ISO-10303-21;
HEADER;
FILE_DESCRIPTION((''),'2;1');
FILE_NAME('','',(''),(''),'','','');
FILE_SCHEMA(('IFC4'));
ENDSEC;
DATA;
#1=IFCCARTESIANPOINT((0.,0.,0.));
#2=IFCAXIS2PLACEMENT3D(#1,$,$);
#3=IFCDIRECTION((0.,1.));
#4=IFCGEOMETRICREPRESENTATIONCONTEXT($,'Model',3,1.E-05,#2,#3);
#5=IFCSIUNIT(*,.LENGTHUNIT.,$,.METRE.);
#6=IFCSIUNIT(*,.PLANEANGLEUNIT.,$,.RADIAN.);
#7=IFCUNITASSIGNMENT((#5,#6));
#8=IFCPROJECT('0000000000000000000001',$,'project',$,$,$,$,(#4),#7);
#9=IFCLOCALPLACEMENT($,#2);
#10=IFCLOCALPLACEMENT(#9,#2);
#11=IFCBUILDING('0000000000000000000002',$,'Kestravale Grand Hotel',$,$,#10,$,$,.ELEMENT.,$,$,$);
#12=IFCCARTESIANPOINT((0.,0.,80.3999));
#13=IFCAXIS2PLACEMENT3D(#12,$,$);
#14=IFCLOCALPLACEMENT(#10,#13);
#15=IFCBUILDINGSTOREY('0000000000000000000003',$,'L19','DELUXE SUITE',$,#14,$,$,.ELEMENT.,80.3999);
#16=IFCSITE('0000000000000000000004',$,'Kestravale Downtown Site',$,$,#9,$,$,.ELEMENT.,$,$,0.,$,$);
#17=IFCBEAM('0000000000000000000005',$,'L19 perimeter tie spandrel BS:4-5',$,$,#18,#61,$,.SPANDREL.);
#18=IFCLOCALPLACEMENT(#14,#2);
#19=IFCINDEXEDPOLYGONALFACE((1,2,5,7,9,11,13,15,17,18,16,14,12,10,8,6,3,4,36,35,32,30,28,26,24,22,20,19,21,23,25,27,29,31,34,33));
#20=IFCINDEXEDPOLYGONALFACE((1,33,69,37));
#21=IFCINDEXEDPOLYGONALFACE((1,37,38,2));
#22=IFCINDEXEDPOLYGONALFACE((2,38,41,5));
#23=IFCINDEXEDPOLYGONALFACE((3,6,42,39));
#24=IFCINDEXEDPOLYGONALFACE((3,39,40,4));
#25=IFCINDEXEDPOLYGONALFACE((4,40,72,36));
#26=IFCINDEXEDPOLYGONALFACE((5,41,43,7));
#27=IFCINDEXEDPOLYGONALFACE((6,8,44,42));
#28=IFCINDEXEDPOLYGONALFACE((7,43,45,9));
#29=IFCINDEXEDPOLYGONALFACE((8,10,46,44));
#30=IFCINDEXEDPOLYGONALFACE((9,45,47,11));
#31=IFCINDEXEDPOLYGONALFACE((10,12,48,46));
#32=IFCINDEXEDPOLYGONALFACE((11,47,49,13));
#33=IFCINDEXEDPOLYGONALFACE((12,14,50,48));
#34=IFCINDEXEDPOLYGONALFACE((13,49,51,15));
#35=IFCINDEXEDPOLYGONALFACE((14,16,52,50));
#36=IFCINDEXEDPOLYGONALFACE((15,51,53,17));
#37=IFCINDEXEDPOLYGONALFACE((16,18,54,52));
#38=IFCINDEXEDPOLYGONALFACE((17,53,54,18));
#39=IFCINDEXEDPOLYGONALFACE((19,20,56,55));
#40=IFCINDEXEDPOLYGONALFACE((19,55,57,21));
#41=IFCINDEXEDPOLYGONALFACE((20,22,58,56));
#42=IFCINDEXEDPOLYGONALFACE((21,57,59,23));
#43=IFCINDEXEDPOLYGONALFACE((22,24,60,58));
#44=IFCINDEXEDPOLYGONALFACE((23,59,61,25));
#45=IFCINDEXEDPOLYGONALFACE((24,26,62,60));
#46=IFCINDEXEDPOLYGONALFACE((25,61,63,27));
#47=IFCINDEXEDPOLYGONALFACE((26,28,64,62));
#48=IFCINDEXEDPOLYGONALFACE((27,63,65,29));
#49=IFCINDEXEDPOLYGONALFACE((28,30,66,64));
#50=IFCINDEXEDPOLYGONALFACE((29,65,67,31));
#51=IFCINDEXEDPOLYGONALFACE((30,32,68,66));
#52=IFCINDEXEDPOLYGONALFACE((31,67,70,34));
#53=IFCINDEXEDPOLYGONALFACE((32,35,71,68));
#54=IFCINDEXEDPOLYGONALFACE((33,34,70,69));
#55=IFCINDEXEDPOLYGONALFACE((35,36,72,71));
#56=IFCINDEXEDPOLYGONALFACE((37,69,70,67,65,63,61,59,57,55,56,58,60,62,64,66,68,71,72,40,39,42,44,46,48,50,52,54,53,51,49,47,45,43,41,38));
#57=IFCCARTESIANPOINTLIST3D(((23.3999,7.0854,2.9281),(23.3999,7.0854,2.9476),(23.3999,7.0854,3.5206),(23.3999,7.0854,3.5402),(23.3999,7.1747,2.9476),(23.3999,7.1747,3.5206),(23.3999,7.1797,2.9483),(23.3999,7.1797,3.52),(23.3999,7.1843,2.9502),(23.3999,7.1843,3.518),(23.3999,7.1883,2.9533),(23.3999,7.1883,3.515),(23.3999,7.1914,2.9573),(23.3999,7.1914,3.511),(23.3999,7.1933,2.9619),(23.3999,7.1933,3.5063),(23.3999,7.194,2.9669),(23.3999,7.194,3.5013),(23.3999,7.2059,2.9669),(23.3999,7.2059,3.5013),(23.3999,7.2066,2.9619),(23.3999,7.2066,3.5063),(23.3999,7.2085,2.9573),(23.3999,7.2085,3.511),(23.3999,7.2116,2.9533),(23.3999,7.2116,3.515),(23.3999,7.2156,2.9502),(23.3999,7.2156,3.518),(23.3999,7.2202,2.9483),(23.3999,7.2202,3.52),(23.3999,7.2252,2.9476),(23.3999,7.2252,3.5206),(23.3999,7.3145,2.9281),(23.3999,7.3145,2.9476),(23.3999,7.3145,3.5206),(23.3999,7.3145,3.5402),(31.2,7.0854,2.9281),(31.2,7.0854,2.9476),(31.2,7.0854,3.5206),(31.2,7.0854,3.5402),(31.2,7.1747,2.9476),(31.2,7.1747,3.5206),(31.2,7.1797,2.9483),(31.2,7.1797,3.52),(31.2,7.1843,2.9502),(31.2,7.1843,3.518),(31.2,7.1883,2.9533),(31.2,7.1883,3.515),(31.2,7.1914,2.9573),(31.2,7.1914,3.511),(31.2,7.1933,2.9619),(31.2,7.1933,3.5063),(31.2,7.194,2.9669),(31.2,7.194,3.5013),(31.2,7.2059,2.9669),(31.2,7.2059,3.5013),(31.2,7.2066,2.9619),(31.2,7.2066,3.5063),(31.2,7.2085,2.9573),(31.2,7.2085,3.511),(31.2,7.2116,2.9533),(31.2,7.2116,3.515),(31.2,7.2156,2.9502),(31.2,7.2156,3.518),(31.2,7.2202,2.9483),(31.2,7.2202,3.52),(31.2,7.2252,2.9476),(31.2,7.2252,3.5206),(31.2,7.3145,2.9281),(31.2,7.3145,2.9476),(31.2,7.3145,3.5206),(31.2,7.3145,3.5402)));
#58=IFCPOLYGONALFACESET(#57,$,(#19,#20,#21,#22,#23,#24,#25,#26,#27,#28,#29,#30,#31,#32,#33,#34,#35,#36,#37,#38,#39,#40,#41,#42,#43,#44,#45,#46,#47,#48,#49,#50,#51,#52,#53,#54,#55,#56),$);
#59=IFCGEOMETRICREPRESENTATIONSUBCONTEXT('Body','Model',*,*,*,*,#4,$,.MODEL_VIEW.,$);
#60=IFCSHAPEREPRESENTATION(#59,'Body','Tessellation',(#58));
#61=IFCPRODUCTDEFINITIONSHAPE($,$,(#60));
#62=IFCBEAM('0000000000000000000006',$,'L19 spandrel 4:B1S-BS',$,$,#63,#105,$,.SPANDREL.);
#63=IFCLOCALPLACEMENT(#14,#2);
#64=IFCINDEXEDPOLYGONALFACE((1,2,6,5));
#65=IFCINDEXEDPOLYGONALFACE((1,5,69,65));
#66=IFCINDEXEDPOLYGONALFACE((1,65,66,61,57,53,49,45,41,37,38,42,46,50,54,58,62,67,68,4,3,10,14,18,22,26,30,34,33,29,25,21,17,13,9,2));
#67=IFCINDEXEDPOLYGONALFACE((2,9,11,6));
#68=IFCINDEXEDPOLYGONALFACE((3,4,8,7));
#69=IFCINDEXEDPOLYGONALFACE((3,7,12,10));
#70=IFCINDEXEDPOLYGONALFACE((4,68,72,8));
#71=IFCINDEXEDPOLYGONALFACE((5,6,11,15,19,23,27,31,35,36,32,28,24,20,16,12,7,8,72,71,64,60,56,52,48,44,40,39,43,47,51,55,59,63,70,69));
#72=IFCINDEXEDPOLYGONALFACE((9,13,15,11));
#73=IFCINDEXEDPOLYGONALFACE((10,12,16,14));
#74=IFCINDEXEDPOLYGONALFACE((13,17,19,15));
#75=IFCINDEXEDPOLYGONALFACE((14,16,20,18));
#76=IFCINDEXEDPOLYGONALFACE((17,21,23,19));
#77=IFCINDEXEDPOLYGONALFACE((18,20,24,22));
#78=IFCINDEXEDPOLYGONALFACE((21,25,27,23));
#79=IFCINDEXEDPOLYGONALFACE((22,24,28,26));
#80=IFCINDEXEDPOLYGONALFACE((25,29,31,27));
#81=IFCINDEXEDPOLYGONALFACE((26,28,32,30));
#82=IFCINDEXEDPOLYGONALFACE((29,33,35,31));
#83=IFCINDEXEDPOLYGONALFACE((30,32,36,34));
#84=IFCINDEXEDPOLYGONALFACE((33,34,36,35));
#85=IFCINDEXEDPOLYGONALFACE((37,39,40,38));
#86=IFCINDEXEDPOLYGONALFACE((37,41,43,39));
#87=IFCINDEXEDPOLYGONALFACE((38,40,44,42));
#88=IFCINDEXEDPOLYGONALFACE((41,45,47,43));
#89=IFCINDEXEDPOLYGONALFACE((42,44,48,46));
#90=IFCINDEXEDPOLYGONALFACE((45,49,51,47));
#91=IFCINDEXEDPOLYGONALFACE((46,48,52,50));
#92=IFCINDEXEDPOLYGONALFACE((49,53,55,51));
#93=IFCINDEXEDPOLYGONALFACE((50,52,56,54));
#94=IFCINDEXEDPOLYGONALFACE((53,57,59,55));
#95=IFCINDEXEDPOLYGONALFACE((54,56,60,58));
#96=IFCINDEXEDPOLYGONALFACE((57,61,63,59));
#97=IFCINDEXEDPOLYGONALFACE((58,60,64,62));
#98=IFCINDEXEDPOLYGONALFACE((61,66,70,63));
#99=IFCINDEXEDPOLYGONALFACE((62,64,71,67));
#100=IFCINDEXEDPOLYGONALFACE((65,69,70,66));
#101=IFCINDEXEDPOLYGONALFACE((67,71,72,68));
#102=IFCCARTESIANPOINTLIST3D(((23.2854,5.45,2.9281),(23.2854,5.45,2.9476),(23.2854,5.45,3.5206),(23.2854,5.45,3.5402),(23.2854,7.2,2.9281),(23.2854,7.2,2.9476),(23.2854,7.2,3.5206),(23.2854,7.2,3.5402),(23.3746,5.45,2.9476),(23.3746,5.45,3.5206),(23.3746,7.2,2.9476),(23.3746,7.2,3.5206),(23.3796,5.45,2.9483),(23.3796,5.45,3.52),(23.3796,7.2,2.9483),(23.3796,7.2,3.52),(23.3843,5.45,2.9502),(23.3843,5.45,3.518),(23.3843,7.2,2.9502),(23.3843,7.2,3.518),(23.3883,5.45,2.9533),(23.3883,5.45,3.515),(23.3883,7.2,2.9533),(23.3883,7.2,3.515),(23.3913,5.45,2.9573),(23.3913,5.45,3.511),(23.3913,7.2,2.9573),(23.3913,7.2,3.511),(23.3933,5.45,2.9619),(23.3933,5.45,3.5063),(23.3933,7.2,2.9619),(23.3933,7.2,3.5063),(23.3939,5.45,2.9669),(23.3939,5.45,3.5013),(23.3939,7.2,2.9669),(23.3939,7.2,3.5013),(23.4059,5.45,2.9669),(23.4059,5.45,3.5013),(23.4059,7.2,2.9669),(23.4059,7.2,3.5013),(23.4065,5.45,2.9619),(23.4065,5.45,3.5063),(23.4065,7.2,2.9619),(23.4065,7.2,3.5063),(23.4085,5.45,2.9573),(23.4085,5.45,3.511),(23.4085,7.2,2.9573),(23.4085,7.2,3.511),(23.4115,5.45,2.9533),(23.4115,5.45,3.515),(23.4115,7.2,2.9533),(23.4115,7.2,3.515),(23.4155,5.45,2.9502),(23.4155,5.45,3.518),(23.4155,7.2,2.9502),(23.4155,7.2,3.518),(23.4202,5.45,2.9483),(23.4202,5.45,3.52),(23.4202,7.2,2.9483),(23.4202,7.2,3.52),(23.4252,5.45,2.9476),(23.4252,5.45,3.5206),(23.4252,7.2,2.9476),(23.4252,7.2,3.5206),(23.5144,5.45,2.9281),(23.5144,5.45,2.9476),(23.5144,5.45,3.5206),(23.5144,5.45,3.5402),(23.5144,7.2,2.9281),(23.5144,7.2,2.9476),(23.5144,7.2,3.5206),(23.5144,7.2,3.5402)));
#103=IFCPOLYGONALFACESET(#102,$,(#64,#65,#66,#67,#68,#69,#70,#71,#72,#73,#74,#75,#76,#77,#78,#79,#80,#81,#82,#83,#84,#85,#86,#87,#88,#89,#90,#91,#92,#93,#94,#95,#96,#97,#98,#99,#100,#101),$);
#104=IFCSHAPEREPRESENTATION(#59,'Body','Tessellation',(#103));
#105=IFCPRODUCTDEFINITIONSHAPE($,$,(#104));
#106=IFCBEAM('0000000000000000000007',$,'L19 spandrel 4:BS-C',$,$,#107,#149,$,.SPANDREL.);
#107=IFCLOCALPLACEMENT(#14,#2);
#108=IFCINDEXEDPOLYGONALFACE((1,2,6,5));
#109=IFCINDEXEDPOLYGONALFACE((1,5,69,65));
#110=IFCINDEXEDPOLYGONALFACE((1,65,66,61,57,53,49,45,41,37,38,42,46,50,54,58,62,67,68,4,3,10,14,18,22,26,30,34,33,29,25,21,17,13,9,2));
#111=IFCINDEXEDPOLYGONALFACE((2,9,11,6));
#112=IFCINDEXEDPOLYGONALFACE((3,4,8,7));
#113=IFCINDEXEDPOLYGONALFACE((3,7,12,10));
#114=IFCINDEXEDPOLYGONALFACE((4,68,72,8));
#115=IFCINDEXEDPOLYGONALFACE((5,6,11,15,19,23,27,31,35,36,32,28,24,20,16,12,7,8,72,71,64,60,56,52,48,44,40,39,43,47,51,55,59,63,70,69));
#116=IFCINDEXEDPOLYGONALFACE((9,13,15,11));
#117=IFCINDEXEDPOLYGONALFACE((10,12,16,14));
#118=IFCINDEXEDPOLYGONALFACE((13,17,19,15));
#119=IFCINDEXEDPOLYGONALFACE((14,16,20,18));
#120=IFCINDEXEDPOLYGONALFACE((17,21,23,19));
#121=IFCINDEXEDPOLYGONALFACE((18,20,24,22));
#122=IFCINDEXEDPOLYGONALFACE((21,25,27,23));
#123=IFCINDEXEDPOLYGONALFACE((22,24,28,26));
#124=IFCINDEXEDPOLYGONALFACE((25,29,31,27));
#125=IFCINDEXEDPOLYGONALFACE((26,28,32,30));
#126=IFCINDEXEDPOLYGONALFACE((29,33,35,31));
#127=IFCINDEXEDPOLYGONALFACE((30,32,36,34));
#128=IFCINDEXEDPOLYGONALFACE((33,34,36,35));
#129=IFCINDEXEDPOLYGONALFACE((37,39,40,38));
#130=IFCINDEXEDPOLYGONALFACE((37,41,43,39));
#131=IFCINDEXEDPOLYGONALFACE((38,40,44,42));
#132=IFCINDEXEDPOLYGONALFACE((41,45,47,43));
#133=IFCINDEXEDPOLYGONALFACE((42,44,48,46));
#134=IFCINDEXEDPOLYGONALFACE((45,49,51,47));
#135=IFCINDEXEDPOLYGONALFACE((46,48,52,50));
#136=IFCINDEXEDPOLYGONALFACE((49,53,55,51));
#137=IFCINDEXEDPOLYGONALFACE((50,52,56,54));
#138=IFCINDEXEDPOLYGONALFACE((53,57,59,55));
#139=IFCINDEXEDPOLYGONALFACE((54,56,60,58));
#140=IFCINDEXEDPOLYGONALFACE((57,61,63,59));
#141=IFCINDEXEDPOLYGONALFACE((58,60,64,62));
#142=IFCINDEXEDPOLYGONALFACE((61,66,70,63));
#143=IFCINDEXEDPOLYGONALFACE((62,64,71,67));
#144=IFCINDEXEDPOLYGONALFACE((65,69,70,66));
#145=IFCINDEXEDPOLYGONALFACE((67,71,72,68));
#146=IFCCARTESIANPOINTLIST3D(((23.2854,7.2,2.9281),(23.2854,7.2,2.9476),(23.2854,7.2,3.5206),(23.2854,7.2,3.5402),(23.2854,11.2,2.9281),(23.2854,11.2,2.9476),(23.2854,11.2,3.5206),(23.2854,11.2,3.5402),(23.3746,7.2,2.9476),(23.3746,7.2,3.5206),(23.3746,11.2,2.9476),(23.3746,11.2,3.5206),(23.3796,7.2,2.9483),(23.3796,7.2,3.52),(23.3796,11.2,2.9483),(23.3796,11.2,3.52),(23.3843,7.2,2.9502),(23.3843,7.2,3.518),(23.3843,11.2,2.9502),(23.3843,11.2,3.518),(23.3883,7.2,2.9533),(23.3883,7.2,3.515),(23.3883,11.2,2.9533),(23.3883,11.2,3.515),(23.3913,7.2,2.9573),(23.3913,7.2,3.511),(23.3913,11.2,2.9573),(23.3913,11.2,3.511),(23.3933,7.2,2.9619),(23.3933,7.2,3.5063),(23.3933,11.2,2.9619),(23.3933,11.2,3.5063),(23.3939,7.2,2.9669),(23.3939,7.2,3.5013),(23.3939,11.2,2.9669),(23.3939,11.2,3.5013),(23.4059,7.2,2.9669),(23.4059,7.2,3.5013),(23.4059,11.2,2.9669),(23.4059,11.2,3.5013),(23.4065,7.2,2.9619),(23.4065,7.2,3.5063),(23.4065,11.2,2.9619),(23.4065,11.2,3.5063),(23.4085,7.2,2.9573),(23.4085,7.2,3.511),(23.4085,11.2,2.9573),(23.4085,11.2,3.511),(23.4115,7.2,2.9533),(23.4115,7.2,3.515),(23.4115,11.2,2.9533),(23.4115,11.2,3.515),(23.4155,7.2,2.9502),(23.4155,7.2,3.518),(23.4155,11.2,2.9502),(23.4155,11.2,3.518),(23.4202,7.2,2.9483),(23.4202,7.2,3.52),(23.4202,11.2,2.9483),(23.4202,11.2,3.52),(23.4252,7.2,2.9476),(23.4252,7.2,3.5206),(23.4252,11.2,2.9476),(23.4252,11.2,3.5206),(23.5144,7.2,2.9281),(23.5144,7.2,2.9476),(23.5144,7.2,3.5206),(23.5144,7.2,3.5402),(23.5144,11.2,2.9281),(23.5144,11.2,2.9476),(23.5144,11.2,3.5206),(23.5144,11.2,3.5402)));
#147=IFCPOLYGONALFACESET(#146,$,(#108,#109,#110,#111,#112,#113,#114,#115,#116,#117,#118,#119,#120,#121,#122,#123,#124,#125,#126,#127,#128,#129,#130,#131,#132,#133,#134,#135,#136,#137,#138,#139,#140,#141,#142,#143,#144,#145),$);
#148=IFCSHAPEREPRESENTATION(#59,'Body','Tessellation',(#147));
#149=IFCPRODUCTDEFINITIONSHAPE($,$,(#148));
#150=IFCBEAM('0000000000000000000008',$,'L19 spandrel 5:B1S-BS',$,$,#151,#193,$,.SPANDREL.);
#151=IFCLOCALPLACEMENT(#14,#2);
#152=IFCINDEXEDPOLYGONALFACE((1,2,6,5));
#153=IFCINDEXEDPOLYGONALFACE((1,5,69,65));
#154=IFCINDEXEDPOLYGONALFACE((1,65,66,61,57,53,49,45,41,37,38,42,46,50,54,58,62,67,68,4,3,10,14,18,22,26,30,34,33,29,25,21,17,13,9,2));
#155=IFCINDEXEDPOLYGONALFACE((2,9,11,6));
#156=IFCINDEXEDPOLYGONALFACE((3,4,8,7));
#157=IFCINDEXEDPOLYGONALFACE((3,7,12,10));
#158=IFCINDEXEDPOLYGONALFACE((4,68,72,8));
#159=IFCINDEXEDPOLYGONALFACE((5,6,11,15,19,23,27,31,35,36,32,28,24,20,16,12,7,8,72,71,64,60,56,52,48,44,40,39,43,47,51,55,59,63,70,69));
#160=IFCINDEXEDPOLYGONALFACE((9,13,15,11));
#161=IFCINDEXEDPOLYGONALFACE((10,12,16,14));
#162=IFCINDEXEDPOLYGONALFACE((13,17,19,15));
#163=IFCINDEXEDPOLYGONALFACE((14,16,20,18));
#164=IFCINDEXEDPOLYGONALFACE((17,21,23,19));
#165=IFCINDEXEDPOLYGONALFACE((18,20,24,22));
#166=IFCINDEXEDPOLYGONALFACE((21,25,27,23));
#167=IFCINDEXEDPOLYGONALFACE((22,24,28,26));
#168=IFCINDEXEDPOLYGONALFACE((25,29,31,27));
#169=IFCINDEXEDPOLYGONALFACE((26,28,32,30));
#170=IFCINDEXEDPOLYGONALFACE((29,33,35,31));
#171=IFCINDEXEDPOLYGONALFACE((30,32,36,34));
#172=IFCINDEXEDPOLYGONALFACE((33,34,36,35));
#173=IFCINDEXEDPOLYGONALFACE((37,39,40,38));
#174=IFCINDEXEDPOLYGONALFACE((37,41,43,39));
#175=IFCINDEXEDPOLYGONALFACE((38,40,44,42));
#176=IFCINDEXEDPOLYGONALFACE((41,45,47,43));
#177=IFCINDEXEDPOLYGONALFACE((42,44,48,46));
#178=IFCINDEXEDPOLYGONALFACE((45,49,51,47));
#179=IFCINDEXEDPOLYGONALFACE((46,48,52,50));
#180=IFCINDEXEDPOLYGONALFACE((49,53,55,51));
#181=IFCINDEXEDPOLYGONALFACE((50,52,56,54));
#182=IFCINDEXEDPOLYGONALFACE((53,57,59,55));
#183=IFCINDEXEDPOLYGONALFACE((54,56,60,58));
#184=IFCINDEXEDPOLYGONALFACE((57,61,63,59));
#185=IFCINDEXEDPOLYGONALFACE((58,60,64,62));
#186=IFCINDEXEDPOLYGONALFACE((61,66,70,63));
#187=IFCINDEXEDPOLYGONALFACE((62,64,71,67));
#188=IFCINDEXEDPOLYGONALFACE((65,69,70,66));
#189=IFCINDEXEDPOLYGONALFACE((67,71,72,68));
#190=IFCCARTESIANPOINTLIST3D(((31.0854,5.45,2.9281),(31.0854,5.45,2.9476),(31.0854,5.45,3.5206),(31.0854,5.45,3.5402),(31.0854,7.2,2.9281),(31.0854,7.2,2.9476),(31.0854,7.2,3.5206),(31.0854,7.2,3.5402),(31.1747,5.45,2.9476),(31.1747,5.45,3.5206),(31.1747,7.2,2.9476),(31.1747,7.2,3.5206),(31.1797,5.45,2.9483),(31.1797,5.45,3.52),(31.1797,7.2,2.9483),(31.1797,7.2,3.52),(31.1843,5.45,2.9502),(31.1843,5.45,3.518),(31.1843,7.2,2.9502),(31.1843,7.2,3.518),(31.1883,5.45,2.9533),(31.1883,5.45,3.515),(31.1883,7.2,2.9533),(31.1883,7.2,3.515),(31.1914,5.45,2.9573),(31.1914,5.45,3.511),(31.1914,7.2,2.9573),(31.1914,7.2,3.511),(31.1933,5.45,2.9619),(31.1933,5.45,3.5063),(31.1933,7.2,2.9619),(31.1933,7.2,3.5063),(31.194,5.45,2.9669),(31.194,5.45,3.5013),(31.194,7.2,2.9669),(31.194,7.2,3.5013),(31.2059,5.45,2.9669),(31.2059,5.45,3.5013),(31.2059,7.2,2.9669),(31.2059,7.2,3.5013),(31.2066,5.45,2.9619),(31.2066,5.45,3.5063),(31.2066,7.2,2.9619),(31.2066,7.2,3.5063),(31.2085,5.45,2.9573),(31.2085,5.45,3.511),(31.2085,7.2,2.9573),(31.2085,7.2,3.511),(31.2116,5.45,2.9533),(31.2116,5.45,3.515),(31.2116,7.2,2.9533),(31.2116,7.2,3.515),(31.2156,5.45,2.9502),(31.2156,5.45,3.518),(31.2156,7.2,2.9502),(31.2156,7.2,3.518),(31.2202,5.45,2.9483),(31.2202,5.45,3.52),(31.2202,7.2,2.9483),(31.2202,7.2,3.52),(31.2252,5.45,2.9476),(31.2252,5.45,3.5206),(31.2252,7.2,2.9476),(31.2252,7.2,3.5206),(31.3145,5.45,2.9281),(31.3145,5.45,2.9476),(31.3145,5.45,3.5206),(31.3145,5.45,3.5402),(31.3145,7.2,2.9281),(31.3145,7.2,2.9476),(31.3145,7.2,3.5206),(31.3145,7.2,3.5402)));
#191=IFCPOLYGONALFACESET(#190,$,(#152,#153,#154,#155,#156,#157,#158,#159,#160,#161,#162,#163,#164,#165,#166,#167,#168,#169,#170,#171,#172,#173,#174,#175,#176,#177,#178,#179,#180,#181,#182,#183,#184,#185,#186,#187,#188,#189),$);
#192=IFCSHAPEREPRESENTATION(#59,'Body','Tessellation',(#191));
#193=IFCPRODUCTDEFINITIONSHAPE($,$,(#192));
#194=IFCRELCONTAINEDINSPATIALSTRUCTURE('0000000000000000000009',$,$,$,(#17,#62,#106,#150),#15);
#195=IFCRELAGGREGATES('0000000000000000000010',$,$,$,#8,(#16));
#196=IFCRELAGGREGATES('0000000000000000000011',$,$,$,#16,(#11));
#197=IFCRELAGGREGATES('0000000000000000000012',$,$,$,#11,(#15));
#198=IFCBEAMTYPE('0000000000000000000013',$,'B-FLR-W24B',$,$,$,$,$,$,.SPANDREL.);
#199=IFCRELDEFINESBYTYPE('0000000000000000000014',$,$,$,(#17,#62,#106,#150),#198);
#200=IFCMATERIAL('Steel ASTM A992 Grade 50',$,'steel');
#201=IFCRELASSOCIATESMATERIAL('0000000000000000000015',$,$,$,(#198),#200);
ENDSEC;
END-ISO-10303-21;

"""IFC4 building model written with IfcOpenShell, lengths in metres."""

from ifc_helpers import new_model, si_unit, direction, frame, origin, origin_2d, place, context, subcontext, project, spatial, i_section, extrude, material, material_profile, profile_set, type_object, element, save


model = new_model("IFC4")

# Units and contexts
model_context = context("Model", 3, precision=1e-05, world=origin(), true_north=direction((0.0, 1.0)))
body_context = subcontext(model_context, "Body", "Model", "MODEL_VIEW")
ifc_project = project(units=[si_unit("LENGTHUNIT", "METRE"), si_unit("PLANEANGLEUNIT", "RADIAN")], contexts=[model_context])

# Site, building, storey
site_placement = place(None, origin())
site = spatial("IfcSite", under=ifc_project, at=site_placement, Name="Kestravale Downtown Site", CompositionType="ELEMENT", RefElevation=0.0)
building_placement = place(site_placement, origin())
building = spatial("IfcBuilding", under=site, at=building_placement, Name="Kestravale Grand Hotel", CompositionType="ELEMENT")
storey_placement = place(building_placement, frame((0.0, 0.0, 80.3999)))
storey = spatial("IfcBuildingStorey", under=building, at=storey_placement, Name="L19", Description="DELUXE SUITE", CompositionType="ELEMENT", Elevation=80.3999)

# Beams
ifc_material_1 = material(Name="Steel ASTM A992 Grade 50", Category="steel")
ifc_material_profile_1 = material_profile(ifc_material_1, i_section(OverallWidth=0.229, OverallDepth=0.6121, WebThickness=0.012, FlangeThickness=0.0195, FilletRadius=0.0193, at=origin_2d()))
ifc_profile_set_1 = profile_set([ifc_material_profile_1], Name="Steel ASTM A992 Grade 50")
beam_type_1 = type_object("IfcBeamType", Name="B-FLR-W24B", PredefinedType="SPANDREL", material=ifc_profile_set_1)
for number, where, z_axis, x_axis, name in (
    (1, (23.3999, 7.2, 3.2341), (1.0, 0.0, 0.0), (0.0, 1.0, 0.0), "L19 perimeter tie spandrel BS:4-5"),
):
    element("IfcBeam", number, at=place(storey_placement, frame(where, z_axis=z_axis, x_axis=x_axis)), inside=storey, type_object=beam_type_1, Name=name, PredefinedType="SPANDREL", context=body_context, shape_type="SweptSolid", body=[
        extrude(i_section(OverallWidth=0.229, OverallDepth=0.6121, WebThickness=0.012, FlangeThickness=0.0195, FilletRadius=0.0193, at=origin_2d()), origin(), (0.0, 0.0, 1.0), 7.8),
    ])
beam_1_placement = place(storey_placement, frame((23.3999, 5.45, 3.2341), z_axis=(0.0, 1.0, 0.0), x_axis=(-1.0, 0.0, 0.0)))
element("IfcBeam", 2, at=beam_1_placement, inside=storey, type_object=beam_type_1, Name="L19 spandrel 4:B1S-BS", PredefinedType="SPANDREL", context=body_context, shape_type="SweptSolid", body=[
    extrude(i_section(OverallWidth=0.229, OverallDepth=0.6121, WebThickness=0.012, FlangeThickness=0.0195, FilletRadius=0.0193, at=origin_2d()), origin(), (0.0, 0.0, 1.0), 1.75),
])
beam_2_placement = place(storey_placement, frame((23.3999, 7.2, 3.2341), z_axis=(0.0, 1.0, 0.0), x_axis=(-1.0, 0.0, 0.0)))
element("IfcBeam", 3, at=beam_2_placement, inside=storey, type_object=beam_type_1, Name="L19 spandrel 4:BS-C", PredefinedType="SPANDREL", context=body_context, shape_type="SweptSolid", body=[
    extrude(i_section(OverallWidth=0.229, OverallDepth=0.6121, WebThickness=0.012, FlangeThickness=0.0195, FilletRadius=0.0193, at=origin_2d()), origin(), (0.0, 0.0, 1.0), 4.0),
])
beam_3_placement = place(storey_placement, frame((31.2, 5.45, 3.2341), z_axis=(0.0, 1.0, 0.0), x_axis=(-1.0, 0.0, 0.0)))
element("IfcBeam", 4, at=beam_3_placement, inside=storey, type_object=beam_type_1, Name="L19 spandrel 5:B1S-BS", PredefinedType="SPANDREL", context=body_context, shape_type="SweptSolid", body=[
    extrude(i_section(OverallWidth=0.229, OverallDepth=0.6121, WebThickness=0.012, FlangeThickness=0.0195, FilletRadius=0.0193, at=origin_2d()), origin(), (0.0, 0.0, 1.0), 1.75),
])

save(model, "model.ifc")
